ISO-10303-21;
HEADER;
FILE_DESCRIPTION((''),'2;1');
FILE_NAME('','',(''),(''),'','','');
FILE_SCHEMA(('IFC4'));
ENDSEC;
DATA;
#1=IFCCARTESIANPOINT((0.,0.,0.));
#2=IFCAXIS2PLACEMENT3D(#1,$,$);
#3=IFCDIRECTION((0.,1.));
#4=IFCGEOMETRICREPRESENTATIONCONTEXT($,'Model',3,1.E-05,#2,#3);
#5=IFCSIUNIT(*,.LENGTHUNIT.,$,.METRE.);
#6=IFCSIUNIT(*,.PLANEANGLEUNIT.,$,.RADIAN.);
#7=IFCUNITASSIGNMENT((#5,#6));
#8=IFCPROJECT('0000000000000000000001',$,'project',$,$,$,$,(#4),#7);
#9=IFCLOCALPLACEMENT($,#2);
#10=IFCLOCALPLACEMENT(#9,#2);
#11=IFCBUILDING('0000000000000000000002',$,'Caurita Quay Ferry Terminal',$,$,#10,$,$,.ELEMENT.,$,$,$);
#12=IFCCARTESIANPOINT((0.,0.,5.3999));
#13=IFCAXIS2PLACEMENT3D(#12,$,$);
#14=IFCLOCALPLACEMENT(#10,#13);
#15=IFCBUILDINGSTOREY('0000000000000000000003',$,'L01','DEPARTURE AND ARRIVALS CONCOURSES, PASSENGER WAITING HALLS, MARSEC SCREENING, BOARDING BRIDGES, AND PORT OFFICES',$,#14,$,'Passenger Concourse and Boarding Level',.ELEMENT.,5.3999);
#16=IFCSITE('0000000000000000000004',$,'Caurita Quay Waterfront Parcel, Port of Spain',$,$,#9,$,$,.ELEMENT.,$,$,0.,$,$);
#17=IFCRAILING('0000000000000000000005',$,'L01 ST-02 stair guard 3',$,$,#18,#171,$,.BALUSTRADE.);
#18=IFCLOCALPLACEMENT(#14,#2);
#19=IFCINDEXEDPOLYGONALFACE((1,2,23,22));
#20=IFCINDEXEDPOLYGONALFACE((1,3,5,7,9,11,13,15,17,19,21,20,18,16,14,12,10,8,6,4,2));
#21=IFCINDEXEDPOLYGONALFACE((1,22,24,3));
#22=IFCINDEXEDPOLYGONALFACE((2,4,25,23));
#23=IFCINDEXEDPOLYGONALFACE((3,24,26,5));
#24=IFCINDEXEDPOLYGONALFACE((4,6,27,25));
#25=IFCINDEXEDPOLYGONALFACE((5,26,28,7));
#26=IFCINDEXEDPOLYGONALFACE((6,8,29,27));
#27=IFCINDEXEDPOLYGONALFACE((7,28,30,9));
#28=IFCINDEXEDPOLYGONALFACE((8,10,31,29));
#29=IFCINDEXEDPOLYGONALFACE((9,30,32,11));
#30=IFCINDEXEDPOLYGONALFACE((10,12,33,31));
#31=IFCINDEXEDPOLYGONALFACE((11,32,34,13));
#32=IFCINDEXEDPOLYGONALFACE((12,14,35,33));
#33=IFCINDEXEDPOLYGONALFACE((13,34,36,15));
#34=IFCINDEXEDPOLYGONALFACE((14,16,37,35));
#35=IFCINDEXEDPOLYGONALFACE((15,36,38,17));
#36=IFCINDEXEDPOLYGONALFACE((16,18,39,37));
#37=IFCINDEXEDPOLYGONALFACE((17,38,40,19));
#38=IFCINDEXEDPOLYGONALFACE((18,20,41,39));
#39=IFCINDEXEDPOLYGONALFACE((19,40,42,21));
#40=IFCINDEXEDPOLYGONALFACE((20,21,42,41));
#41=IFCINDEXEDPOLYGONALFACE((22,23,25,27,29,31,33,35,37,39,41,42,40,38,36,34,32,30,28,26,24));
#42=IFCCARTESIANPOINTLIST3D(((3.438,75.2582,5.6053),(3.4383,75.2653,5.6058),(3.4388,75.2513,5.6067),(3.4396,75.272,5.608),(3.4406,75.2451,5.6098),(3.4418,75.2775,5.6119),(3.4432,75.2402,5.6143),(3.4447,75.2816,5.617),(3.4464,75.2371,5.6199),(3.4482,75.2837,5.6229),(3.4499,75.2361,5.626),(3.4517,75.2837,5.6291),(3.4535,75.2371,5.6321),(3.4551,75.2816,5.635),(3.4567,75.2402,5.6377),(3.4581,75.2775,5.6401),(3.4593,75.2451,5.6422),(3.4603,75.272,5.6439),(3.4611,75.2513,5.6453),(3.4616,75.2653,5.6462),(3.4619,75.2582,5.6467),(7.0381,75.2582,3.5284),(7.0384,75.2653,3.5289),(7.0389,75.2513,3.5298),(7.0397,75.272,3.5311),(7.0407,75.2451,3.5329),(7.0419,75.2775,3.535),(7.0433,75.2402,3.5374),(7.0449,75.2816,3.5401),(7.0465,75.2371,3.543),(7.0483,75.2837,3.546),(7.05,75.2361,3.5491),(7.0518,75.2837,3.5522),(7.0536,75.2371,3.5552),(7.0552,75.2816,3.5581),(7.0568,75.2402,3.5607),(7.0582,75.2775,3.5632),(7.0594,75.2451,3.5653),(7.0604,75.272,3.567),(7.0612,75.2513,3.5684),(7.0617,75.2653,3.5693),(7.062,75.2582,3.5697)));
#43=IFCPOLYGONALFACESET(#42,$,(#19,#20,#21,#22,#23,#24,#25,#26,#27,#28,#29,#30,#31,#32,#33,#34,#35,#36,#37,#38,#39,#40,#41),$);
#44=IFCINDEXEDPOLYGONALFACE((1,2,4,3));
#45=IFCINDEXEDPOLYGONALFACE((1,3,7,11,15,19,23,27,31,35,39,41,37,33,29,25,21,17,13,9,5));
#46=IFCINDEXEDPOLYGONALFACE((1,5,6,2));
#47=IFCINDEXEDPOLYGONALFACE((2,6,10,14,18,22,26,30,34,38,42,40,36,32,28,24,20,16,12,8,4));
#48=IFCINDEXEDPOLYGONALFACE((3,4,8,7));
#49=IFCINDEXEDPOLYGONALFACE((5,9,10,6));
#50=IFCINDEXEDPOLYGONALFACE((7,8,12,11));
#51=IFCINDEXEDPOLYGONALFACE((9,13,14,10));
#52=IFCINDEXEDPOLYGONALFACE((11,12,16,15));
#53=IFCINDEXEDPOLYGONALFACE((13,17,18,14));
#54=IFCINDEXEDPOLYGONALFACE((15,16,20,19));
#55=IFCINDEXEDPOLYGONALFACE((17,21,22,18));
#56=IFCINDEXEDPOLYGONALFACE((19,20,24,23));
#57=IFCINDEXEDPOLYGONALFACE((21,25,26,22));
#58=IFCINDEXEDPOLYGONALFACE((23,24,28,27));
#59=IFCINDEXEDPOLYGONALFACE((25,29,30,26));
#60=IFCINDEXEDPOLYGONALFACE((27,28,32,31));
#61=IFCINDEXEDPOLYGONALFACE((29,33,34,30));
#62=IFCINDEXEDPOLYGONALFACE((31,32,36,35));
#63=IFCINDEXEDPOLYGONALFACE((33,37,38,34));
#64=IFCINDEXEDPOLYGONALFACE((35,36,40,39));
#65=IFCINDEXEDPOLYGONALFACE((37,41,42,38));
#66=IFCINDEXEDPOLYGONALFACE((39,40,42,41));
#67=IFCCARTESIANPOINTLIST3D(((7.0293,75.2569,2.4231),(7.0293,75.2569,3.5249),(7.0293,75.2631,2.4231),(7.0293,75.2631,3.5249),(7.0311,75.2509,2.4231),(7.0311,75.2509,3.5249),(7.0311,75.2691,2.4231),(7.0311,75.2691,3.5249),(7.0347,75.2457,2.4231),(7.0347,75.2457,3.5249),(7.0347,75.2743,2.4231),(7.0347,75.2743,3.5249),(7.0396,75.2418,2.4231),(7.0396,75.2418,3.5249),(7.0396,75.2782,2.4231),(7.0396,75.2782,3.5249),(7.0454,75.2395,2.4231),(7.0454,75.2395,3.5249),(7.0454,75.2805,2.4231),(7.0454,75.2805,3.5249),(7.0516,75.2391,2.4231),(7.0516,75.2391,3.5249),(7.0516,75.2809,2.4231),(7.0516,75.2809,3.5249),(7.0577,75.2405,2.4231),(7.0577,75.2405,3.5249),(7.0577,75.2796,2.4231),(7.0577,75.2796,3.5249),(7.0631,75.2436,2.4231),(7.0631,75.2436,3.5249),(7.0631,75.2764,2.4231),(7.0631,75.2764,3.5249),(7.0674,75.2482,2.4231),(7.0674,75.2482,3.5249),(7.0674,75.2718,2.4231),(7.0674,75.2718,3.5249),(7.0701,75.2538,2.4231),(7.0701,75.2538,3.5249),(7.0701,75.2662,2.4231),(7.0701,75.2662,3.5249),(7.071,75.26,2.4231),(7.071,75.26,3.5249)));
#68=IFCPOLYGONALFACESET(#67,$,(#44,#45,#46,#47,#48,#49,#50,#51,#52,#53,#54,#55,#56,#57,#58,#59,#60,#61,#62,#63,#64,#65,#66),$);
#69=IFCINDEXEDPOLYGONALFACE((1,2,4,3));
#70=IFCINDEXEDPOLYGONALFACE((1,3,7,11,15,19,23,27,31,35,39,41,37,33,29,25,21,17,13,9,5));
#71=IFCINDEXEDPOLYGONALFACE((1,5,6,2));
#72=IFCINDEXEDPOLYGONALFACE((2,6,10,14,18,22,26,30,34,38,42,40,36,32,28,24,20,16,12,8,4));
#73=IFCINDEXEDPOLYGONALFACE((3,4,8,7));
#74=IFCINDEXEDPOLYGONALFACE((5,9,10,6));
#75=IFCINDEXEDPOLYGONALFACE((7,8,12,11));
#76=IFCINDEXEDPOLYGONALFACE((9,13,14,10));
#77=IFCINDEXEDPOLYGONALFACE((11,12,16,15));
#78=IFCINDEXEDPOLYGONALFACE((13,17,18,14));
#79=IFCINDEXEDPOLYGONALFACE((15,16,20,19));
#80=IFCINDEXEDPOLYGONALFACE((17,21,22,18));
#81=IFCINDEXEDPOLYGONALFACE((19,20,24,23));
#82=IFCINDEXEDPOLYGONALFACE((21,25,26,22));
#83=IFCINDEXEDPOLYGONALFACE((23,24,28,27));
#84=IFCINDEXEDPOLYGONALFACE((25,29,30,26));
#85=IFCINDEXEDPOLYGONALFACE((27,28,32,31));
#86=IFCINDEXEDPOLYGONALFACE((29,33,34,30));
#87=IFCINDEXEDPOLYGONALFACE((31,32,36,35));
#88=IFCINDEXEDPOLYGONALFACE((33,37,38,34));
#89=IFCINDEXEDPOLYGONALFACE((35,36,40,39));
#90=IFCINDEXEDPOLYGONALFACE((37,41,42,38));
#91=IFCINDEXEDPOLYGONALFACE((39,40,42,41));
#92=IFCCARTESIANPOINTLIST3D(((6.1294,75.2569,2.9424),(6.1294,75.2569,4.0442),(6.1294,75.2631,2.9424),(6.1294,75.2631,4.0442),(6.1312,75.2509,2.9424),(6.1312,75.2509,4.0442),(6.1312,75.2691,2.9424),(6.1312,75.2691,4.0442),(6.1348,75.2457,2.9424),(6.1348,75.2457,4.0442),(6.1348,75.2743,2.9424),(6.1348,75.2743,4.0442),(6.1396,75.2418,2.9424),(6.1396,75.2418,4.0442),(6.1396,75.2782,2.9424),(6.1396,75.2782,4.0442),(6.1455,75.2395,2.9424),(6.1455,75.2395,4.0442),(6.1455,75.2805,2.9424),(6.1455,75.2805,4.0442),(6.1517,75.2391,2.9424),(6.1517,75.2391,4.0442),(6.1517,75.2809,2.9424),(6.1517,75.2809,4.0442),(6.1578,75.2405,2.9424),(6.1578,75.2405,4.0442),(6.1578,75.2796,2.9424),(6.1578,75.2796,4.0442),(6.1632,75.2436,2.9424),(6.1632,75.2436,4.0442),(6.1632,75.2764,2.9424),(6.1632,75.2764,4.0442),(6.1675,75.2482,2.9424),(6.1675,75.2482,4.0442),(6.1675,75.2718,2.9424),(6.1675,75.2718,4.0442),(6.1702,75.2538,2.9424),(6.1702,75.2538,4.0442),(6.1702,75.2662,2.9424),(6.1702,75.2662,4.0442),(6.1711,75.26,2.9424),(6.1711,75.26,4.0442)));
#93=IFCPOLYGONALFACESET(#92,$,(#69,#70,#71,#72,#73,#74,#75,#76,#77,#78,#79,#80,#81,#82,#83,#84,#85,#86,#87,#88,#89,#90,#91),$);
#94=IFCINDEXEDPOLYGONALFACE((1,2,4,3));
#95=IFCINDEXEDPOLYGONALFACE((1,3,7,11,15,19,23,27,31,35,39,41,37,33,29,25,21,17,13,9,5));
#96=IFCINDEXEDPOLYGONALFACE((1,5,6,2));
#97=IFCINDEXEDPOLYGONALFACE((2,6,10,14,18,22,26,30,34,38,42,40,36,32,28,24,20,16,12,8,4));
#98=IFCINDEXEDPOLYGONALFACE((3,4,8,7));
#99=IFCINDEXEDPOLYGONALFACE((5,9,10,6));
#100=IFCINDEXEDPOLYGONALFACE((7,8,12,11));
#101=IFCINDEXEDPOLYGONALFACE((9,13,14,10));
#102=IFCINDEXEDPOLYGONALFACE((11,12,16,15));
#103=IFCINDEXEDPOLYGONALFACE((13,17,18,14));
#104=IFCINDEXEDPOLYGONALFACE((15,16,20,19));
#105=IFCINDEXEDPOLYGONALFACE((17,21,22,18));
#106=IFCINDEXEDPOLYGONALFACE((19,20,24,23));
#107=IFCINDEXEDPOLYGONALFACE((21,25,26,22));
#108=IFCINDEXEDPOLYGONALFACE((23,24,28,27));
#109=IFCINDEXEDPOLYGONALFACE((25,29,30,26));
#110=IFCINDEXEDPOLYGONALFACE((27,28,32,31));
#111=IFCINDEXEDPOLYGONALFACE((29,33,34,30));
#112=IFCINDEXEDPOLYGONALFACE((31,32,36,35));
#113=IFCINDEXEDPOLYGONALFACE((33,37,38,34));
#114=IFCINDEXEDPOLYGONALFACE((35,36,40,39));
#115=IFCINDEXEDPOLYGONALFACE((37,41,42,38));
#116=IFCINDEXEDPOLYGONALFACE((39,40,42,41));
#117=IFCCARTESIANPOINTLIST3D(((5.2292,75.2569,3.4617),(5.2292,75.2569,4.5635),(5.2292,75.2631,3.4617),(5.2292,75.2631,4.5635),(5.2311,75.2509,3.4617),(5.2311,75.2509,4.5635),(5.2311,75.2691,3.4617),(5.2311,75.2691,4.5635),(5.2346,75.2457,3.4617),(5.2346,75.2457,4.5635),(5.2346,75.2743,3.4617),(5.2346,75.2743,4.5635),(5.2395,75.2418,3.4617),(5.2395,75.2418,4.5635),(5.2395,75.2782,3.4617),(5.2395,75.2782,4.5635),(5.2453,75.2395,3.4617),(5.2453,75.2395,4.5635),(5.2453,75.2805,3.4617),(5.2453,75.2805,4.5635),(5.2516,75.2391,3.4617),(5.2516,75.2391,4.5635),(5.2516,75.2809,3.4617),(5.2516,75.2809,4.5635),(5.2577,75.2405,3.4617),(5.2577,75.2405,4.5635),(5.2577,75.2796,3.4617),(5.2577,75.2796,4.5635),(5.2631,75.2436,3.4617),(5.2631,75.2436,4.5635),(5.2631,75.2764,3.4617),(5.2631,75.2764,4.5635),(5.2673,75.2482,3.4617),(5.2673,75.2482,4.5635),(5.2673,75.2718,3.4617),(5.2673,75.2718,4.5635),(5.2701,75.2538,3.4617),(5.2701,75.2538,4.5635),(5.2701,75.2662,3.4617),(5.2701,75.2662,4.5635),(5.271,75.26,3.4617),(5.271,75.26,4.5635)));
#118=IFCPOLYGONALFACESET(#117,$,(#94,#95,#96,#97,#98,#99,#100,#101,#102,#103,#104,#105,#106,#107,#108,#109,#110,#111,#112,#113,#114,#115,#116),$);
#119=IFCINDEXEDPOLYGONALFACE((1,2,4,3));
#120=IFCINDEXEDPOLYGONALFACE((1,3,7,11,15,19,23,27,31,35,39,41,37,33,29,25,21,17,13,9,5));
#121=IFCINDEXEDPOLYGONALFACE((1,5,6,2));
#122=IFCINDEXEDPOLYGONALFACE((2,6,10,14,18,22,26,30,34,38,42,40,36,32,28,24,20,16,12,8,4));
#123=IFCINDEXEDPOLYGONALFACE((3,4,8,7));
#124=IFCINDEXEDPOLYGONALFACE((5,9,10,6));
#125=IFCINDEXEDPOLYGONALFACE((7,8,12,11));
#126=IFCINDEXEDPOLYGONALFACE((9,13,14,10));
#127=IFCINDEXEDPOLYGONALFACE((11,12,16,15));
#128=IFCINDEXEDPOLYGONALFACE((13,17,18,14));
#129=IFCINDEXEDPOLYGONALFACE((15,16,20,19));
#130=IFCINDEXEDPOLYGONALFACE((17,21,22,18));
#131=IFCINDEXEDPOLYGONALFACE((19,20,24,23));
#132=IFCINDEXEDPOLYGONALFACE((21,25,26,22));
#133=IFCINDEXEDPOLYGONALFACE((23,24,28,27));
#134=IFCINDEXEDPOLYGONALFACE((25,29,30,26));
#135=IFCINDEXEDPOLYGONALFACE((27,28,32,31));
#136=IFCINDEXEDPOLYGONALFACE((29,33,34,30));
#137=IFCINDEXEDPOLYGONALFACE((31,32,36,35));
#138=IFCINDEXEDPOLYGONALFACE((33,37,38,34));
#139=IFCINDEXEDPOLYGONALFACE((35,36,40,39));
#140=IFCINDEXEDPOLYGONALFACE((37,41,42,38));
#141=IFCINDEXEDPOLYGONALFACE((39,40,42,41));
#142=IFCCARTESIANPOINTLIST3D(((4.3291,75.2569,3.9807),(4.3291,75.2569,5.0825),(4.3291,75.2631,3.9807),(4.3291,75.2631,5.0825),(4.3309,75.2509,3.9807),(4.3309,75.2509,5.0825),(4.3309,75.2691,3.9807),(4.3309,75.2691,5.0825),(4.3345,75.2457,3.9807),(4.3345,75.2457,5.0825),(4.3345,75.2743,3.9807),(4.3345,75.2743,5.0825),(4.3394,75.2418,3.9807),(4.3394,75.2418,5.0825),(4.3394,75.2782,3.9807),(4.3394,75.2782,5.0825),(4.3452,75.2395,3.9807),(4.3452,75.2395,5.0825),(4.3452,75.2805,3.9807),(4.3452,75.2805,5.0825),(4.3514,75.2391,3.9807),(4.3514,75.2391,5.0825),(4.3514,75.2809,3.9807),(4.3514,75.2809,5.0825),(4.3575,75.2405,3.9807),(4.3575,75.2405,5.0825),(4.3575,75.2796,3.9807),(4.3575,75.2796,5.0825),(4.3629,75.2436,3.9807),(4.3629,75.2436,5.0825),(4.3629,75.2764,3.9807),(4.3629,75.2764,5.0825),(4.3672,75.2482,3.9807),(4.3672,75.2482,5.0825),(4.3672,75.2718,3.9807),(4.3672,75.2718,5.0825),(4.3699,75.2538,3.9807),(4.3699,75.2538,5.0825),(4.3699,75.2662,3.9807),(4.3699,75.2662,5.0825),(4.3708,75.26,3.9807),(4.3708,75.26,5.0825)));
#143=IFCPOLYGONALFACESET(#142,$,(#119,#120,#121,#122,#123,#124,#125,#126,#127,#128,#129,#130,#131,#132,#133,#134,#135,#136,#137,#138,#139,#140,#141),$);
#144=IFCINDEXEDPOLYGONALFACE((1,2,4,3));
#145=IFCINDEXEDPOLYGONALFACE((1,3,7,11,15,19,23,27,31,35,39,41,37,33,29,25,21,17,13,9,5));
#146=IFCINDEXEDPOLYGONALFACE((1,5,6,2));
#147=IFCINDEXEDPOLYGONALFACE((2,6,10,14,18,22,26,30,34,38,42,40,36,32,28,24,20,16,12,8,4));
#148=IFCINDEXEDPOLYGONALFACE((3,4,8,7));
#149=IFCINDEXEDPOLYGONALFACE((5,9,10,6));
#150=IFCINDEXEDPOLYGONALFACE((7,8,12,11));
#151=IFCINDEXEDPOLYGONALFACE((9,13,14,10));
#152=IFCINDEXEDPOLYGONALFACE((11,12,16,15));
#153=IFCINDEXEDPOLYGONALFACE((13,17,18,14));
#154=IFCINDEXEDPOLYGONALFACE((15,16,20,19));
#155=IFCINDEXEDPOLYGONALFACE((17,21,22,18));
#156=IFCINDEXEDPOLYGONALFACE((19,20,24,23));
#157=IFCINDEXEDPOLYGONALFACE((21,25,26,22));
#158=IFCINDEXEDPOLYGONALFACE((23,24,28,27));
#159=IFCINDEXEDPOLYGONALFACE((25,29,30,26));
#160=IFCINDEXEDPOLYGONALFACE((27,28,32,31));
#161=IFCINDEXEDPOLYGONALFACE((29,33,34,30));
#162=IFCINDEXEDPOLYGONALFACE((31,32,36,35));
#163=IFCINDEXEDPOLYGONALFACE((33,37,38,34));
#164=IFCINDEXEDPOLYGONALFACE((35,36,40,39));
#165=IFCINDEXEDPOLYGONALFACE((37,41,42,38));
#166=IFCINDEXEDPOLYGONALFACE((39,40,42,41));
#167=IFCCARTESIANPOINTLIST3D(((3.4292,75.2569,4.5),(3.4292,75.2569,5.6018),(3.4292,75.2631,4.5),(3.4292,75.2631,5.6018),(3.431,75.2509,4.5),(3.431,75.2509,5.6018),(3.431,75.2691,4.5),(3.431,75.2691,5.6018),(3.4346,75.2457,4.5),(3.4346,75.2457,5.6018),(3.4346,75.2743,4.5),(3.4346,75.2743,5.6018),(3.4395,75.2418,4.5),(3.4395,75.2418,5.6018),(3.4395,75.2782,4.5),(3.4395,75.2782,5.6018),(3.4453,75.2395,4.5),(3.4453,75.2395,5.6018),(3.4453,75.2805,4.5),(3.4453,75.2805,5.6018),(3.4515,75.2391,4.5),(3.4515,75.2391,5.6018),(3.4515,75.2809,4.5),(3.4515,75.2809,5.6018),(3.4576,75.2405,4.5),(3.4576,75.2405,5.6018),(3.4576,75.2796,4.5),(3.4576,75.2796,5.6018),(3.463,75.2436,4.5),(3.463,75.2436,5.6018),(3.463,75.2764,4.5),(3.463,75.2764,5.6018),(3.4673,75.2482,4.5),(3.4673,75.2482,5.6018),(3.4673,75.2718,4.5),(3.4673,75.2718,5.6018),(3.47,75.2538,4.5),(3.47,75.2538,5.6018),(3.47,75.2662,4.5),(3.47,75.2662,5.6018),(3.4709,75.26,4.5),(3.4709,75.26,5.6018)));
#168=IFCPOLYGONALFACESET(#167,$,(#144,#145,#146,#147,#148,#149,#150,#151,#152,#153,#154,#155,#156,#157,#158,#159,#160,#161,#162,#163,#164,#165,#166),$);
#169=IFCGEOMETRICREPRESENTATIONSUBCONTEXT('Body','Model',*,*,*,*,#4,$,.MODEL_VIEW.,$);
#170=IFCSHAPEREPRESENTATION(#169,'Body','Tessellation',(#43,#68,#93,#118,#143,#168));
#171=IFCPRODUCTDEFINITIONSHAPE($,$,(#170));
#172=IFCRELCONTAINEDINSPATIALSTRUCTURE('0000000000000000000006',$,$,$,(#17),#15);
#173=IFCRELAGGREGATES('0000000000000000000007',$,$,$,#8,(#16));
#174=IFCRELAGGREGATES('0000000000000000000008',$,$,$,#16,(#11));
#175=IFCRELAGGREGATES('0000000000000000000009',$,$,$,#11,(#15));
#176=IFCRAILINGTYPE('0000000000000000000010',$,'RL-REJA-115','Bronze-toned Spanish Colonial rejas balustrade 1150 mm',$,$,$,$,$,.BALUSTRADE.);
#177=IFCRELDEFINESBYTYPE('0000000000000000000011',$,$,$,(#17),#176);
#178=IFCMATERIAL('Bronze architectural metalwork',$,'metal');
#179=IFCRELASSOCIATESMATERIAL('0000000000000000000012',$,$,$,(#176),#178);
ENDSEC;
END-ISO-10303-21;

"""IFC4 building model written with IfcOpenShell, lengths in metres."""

from ifc_helpers import new_model, si_unit, direction, frame, origin, origin_2d, place, context, subcontext, project, spatial, circle, extrude, material, type_object, element, save


model = new_model("IFC4")

# Units and contexts
model_context = context("Model", 3, precision=1e-05, world=origin(), true_north=direction((0.0, 1.0)))
body_context = subcontext(model_context, "Body", "Model", "MODEL_VIEW")
ifc_project = project(units=[si_unit("LENGTHUNIT", "METRE"), si_unit("PLANEANGLEUNIT", "RADIAN")], contexts=[model_context])

# Site, building, storey
site_placement = place(None, origin())
site = spatial("IfcSite", under=ifc_project, at=site_placement, Name="Caurita Quay Waterfront Parcel, Port of Spain", CompositionType="ELEMENT", RefElevation=0.0)
building_placement = place(site_placement, origin())
building = spatial("IfcBuilding", under=site, at=building_placement, Name="Caurita Quay Ferry Terminal", CompositionType="ELEMENT")
storey_placement = place(building_placement, frame((0.0, 0.0, 5.3999)))
storey = spatial("IfcBuildingStorey", under=building, at=storey_placement, Name="L01", Description="DEPARTURE AND ARRIVALS CONCOURSES, PASSENGER WAITING HALLS, MARSEC SCREENING, BOARDING BRIDGES, AND PORT OFFICES", LongName="Passenger Concourse and Boarding Level", CompositionType="ELEMENT", Elevation=5.3999)

# Railing
ifc_material_1 = material(Name="Bronze architectural metalwork", Category="metal")
railing_type_1 = type_object("IfcRailingType", Name="RL-REJA-115", Description="Bronze-toned Spanish Colonial rejas balustrade 1150 mm", PredefinedType="BALUSTRADE", material=ifc_material_1)
railing_1_placement = place(storey_placement, frame((7.05, 75.26, 2.4231)))
element("IfcRailing", 1, at=railing_1_placement, inside=storey, type_object=railing_type_1, Name="L01 ST-02 stair guard 3", PredefinedType="BALUSTRADE", context=body_context, shape_type="SweptSolid", body=[
    extrude(circle(Radius=0.0239, at=origin_2d()), frame((0.0, 0.0, 1.126), z_axis=(-0.866193, 0.0, 0.499709), x_axis=(0.0, -1.0, 0.0)), (0.0, 0.0, 1.0), 4.1562),
    extrude(circle(Radius=0.021, at=origin_2d()), origin(), (0.0, 0.0, 1.0), 1.1018),
    extrude(circle(Radius=0.021, at=origin_2d()), frame((-0.8999, 0.0, 0.5193)), (0.0, 0.0, 1.0), 1.1018),
    extrude(circle(Radius=0.021, at=origin_2d()), frame((-1.8, 0.0, 1.0386)), (0.0, 0.0, 1.0), 1.1018),
    extrude(circle(Radius=0.021, at=origin_2d()), frame((-2.7002, 0.0, 1.5576)), (0.0, 0.0, 1.0), 1.1018),
    extrude(circle(Radius=0.021, at=origin_2d()), frame((-3.6001, 0.0, 2.0769)), (0.0, 0.0, 1.0), 1.1018),
])

save(model, "model.ifc")
